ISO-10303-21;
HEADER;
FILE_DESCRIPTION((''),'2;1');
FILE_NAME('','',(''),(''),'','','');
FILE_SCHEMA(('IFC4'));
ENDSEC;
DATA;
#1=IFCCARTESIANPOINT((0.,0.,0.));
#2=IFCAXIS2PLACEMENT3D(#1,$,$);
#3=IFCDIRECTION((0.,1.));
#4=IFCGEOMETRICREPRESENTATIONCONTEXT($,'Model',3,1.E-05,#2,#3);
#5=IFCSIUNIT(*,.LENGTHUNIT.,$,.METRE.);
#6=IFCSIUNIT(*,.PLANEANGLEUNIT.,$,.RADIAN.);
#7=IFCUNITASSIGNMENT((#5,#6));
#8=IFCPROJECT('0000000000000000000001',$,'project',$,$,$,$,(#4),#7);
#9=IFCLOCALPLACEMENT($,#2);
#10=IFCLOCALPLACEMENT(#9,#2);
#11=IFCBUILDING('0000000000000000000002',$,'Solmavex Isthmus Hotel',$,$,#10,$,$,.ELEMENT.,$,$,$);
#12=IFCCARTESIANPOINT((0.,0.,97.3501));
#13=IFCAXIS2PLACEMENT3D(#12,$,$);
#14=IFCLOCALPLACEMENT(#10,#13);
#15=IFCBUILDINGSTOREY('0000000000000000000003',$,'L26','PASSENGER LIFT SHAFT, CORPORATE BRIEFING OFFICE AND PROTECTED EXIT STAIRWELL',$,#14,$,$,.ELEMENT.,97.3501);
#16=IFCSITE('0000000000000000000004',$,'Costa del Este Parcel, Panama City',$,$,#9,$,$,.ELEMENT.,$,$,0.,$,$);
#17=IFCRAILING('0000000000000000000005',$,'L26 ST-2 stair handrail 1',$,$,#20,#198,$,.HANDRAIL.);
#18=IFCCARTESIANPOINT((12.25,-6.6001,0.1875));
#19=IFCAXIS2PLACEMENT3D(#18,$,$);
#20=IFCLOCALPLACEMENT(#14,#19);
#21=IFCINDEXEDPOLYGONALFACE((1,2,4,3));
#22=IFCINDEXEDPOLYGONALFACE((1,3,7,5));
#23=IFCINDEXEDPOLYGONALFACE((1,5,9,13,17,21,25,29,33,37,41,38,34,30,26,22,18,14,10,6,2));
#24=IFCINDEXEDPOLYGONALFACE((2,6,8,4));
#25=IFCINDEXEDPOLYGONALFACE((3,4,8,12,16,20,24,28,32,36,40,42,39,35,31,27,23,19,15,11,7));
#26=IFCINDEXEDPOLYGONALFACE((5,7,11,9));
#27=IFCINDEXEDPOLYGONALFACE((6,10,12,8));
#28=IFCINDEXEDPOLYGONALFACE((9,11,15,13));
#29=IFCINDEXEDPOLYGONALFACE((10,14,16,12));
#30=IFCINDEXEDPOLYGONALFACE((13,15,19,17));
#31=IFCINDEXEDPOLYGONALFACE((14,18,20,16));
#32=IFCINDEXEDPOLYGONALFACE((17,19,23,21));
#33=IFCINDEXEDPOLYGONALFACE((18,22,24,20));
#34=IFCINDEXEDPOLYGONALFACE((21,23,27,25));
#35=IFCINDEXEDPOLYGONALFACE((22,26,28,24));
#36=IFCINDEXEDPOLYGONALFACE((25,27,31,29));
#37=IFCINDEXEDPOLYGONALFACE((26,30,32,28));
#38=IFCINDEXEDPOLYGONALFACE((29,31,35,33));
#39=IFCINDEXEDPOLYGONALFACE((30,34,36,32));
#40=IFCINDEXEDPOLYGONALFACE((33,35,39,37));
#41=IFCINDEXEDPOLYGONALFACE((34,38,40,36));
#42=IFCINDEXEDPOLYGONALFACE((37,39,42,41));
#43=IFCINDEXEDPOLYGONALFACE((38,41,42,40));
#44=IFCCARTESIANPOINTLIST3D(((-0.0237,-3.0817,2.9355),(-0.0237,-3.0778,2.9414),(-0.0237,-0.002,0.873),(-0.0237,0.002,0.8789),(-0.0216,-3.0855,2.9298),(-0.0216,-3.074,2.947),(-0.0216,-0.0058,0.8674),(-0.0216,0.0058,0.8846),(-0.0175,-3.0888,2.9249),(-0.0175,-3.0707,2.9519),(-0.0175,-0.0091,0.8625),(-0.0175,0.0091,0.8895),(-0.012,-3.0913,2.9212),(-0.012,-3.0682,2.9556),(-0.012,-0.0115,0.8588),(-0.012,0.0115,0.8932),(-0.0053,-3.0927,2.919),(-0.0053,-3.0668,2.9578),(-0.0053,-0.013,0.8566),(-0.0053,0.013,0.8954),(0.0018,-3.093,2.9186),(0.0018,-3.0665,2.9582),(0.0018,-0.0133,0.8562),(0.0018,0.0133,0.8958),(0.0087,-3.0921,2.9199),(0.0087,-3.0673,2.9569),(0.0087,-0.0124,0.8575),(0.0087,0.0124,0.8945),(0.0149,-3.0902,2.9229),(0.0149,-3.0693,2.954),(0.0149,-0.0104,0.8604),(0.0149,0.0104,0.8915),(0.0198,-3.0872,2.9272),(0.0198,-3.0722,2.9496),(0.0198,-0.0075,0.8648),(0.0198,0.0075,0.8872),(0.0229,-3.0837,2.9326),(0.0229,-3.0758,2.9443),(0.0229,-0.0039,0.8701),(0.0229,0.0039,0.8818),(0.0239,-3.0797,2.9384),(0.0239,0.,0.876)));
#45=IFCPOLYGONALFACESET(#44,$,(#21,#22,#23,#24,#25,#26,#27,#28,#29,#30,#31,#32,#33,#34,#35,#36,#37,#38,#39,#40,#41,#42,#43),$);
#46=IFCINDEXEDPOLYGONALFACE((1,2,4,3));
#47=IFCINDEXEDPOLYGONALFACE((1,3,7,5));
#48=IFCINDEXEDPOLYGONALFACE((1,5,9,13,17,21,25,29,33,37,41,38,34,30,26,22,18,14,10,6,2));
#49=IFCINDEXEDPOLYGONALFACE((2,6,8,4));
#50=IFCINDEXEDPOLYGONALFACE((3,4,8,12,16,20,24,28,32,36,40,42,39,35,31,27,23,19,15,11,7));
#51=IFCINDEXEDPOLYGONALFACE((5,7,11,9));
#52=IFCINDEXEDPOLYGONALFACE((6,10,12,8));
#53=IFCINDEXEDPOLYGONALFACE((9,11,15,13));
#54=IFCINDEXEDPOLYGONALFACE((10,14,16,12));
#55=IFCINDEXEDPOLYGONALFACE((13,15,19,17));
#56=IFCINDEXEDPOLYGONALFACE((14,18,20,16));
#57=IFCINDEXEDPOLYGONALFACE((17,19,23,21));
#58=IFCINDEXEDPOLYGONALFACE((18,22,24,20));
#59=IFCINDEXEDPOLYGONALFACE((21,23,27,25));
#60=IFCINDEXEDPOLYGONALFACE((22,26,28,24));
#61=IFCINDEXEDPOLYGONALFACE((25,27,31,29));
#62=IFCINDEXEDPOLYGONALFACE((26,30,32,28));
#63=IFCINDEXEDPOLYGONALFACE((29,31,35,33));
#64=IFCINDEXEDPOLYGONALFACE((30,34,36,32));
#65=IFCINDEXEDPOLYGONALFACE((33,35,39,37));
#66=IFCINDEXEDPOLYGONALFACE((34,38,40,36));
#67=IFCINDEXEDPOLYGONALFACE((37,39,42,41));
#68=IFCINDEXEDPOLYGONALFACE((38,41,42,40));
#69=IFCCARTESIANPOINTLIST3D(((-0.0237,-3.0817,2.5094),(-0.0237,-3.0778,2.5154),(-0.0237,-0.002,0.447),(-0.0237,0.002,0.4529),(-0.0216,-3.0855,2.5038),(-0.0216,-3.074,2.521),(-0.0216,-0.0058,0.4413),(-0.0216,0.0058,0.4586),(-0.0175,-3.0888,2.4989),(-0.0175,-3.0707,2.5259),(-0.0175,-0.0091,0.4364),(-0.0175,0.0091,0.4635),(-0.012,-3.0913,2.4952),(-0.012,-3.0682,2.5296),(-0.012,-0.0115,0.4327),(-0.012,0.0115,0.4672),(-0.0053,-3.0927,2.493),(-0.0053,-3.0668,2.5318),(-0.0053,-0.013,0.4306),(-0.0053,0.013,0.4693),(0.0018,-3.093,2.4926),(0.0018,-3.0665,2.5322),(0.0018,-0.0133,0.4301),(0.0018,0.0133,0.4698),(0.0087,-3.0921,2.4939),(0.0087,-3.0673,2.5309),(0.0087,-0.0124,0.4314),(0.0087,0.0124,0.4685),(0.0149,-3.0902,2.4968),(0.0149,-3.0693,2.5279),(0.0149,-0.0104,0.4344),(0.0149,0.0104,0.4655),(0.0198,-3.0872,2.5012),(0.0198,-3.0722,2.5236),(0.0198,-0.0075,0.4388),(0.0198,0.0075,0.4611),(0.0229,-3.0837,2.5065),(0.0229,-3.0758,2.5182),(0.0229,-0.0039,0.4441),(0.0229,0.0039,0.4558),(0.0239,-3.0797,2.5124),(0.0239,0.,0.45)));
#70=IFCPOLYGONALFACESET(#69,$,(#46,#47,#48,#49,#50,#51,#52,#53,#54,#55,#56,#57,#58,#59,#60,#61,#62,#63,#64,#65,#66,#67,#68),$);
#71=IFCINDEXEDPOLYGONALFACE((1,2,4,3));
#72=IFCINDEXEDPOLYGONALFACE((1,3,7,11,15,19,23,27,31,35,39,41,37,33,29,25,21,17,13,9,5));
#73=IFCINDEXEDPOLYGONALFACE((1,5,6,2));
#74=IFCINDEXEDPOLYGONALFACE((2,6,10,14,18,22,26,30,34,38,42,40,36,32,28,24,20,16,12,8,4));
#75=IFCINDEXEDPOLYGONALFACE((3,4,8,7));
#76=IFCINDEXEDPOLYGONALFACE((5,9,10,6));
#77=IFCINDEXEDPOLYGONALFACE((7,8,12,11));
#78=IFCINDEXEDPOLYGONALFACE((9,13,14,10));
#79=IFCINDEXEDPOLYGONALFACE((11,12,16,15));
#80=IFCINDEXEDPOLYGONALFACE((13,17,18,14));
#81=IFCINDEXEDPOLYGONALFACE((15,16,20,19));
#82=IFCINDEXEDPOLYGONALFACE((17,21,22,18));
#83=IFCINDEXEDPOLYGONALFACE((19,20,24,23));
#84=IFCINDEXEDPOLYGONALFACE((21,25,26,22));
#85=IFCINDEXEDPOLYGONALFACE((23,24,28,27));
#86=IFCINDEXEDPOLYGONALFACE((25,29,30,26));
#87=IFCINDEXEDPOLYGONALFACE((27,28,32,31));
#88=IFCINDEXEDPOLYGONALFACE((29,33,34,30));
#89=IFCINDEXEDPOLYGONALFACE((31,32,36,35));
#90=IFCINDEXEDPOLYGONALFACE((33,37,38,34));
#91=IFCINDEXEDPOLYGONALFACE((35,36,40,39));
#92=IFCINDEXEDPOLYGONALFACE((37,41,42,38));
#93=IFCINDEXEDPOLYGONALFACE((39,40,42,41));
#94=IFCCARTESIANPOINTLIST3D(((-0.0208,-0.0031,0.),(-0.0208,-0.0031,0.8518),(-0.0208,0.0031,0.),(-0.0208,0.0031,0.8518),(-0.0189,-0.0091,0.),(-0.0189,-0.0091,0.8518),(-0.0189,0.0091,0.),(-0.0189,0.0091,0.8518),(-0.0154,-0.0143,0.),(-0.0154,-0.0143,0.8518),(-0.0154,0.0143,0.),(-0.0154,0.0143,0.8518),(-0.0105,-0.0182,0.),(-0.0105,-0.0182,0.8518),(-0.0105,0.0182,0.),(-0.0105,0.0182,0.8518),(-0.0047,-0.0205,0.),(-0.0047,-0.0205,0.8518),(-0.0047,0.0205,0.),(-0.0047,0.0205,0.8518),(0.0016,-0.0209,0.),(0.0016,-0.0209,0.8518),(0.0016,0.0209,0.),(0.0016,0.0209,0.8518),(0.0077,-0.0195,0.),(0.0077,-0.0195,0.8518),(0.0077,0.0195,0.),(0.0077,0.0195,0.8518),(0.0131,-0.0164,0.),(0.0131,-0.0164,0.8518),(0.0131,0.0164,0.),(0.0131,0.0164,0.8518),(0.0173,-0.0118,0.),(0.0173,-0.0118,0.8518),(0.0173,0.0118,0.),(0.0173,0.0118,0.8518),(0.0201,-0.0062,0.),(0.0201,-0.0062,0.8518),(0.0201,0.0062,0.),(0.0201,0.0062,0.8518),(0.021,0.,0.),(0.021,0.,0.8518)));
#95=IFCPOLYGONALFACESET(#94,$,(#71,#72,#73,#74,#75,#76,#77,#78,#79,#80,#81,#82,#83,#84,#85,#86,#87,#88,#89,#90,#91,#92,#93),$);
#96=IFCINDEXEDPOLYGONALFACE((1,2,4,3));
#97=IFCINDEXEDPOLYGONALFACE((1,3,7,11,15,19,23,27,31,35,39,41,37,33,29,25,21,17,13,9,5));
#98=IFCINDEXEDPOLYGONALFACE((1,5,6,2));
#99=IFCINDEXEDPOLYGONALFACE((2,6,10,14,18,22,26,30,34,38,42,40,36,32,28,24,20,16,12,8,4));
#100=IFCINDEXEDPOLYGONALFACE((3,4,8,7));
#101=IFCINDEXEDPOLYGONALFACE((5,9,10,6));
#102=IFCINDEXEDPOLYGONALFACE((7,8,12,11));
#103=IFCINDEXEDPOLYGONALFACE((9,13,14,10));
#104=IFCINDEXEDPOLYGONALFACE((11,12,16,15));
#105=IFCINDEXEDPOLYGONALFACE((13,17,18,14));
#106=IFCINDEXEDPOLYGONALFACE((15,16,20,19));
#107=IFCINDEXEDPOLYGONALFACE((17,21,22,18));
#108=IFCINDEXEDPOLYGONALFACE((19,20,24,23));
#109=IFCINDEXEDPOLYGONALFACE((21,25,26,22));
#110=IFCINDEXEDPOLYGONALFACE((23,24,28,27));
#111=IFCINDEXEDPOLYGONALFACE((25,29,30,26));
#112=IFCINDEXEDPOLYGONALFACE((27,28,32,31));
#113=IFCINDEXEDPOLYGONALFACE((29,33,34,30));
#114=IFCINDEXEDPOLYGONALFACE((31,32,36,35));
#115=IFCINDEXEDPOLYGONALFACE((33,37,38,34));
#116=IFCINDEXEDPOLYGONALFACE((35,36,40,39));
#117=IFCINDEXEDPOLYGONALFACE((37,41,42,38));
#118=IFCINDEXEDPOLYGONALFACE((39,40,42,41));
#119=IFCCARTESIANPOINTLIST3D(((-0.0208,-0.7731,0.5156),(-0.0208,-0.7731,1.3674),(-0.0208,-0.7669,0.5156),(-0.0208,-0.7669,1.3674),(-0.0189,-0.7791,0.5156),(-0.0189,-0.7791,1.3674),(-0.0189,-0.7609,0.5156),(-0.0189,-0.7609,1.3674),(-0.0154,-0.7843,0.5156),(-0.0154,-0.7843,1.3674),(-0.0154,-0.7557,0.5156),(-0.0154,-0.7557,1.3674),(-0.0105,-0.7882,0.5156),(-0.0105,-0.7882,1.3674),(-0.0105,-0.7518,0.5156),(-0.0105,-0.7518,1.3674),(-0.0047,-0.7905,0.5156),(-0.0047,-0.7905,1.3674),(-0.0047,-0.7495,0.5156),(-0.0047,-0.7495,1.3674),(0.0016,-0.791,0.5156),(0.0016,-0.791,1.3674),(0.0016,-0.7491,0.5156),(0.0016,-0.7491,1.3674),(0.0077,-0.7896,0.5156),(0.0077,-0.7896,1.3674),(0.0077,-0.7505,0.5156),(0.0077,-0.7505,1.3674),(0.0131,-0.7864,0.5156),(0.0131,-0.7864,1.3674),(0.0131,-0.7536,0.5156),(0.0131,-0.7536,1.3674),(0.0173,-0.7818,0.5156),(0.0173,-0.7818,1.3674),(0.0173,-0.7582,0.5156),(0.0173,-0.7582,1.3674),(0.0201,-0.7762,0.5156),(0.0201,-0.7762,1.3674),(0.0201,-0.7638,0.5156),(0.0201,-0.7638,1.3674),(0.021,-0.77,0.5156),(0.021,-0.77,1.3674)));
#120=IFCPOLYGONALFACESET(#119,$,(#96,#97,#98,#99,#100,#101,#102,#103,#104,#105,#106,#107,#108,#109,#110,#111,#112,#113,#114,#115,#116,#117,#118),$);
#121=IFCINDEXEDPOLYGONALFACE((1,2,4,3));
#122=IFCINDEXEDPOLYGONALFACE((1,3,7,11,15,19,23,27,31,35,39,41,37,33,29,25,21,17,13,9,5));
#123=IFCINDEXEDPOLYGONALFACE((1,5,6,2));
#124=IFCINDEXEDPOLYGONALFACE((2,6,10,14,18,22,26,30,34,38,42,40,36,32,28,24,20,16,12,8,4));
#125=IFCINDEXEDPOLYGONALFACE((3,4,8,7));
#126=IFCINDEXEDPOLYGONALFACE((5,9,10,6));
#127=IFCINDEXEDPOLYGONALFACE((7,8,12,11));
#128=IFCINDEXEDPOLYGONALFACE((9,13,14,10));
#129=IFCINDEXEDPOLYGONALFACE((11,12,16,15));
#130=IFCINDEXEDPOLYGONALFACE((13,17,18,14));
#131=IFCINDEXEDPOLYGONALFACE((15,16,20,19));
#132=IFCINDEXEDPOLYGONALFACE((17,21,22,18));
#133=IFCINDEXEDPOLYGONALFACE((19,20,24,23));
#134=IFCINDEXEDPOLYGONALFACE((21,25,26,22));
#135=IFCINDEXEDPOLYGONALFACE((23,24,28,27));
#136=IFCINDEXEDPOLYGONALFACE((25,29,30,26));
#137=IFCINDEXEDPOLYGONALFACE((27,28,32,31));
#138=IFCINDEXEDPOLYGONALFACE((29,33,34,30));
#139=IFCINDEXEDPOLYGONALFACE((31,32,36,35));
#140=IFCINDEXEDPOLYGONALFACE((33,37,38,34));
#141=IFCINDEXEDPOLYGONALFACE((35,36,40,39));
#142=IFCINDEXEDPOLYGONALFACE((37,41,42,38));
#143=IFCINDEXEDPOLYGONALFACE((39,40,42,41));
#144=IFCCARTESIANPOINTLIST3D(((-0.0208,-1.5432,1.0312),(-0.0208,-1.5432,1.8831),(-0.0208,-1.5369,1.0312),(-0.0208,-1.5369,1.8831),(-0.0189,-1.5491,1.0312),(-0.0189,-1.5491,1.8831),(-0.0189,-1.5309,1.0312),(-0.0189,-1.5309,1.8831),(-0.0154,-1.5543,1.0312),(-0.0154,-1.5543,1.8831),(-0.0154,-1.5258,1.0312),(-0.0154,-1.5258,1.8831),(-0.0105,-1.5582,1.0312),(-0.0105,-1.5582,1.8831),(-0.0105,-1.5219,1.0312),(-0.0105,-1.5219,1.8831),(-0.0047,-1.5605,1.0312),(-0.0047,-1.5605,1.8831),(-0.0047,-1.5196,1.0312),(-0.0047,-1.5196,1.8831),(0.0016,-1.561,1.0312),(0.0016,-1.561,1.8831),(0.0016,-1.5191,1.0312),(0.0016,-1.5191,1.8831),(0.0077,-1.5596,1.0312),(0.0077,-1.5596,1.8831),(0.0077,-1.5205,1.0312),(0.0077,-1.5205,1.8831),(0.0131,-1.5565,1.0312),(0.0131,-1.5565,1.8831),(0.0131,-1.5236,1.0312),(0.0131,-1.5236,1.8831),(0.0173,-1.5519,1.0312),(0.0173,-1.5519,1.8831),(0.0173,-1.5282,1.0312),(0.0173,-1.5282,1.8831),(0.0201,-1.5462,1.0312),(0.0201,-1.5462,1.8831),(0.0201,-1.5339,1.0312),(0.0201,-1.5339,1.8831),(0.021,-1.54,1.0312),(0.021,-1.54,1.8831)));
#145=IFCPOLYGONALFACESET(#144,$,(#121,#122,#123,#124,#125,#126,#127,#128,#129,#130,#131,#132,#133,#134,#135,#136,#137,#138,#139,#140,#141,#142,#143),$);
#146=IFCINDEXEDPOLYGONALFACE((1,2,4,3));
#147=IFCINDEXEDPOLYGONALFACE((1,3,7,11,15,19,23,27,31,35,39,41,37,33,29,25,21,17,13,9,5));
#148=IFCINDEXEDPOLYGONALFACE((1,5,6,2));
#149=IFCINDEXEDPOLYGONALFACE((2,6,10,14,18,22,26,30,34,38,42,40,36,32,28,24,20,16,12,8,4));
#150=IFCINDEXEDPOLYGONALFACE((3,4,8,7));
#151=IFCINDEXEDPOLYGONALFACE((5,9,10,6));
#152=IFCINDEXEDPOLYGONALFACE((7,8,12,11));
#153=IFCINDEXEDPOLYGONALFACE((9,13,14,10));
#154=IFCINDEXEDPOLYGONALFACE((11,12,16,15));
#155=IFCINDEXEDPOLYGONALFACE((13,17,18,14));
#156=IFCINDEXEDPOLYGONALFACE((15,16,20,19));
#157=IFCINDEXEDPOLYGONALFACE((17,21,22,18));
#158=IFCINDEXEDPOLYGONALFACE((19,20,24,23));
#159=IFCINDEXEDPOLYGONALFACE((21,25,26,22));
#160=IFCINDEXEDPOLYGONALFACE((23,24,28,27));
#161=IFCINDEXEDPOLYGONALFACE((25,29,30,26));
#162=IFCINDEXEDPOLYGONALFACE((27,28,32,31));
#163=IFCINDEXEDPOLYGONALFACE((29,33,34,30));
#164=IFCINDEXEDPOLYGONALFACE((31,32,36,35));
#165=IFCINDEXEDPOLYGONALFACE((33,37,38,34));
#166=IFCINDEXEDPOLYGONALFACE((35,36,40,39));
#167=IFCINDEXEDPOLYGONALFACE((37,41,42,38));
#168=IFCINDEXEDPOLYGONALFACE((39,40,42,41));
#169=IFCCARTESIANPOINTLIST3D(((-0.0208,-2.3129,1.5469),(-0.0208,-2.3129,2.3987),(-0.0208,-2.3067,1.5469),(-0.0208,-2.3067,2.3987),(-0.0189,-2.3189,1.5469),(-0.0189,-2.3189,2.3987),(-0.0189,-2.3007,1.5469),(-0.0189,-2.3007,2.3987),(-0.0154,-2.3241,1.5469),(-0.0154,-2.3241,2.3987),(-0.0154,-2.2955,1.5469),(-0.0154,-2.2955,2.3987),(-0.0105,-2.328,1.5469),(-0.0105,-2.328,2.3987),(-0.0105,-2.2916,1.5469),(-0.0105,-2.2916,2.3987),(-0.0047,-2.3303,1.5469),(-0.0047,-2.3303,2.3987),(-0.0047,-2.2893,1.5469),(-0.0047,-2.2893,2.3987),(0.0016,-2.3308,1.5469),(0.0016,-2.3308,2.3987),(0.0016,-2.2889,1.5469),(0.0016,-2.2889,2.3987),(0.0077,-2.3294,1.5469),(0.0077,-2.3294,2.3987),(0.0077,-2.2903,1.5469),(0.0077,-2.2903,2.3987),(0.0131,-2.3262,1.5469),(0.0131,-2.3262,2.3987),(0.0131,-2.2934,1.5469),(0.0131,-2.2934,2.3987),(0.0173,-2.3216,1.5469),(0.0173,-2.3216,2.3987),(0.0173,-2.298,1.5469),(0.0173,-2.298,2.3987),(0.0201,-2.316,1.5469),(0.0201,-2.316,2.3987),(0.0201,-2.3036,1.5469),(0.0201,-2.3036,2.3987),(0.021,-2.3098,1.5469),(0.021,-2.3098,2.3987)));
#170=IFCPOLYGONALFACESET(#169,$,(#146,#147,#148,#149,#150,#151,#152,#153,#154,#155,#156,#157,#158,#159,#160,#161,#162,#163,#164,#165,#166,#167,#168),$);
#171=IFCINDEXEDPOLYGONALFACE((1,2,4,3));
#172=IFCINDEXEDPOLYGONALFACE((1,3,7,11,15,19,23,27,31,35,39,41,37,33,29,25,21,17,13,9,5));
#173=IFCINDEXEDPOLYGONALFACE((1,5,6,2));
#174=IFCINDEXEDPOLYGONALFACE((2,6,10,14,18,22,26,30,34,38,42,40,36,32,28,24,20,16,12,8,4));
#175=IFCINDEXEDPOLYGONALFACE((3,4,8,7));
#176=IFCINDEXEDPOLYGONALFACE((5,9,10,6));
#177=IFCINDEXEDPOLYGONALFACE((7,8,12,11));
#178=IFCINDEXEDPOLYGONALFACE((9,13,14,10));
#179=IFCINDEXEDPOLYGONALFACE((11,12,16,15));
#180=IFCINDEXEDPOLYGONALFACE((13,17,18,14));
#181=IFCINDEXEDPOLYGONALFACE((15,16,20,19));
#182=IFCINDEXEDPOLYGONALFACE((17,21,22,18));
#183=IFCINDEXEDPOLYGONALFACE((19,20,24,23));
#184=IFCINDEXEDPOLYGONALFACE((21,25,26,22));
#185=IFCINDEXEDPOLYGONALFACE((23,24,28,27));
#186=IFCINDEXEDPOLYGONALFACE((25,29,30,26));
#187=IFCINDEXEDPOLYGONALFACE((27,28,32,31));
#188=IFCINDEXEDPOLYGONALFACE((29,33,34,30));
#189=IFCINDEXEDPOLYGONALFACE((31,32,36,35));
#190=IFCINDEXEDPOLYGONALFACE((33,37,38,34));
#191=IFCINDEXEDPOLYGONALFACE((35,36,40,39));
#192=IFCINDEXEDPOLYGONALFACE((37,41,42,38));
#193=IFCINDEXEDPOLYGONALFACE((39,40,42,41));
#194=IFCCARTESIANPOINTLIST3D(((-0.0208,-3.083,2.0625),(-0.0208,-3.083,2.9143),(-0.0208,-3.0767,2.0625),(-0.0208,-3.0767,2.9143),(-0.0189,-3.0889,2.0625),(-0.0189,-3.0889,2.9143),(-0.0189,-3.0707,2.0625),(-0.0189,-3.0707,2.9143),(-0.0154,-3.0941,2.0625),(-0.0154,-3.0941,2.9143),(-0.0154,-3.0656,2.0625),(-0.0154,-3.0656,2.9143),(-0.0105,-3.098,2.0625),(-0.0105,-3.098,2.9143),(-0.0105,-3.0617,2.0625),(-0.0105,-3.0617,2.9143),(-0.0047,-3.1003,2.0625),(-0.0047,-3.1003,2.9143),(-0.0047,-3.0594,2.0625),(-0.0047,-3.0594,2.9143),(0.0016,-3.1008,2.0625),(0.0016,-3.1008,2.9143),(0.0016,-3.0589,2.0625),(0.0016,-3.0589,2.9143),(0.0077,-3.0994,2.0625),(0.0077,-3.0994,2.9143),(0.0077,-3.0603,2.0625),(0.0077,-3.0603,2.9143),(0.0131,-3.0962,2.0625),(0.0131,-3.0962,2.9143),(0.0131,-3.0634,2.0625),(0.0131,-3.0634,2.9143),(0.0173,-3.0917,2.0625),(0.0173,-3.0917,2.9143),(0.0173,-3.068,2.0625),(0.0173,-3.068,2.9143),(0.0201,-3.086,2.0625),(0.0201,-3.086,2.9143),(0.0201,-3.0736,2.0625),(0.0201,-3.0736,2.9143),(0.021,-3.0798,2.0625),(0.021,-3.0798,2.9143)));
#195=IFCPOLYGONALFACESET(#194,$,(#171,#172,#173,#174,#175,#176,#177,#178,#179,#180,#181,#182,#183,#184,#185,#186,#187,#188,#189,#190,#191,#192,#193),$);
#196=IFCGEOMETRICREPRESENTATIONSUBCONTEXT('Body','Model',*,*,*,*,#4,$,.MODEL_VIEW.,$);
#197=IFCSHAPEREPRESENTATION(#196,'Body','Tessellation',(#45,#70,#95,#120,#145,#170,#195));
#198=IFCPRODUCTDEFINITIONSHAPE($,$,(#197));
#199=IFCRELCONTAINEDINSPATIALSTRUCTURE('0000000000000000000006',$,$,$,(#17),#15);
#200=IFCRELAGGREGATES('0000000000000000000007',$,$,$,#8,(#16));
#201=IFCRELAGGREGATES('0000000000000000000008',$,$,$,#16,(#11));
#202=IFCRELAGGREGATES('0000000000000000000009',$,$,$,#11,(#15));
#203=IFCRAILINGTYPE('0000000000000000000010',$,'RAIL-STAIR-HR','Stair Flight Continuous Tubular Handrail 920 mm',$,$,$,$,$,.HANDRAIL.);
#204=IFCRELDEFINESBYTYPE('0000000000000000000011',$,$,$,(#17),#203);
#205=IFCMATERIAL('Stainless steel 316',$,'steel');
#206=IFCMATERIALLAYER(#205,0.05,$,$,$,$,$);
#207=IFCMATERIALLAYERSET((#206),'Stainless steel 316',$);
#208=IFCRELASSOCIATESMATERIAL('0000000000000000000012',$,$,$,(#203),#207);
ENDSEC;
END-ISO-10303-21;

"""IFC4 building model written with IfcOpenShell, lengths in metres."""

from ifc_helpers import new_model, si_unit, direction, frame, origin, origin_2d, place, context, subcontext, project, spatial, circle, extrude, material, layer, layer_set, type_object, element, save


model = new_model("IFC4")

# Units and contexts
model_context = context("Model", 3, precision=1e-05, world=origin(), true_north=direction((0.0, 1.0)))
body_context = subcontext(model_context, "Body", "Model", "MODEL_VIEW")
ifc_project = project(units=[si_unit("LENGTHUNIT", "METRE"), si_unit("PLANEANGLEUNIT", "RADIAN")], contexts=[model_context])

# Site, building, storey
site_placement = place(None, origin())
site = spatial("IfcSite", under=ifc_project, at=site_placement, Name="Costa del Este Parcel, Panama City", CompositionType="ELEMENT", RefElevation=0.0)
building_placement = place(site_placement, origin())
building = spatial("IfcBuilding", under=site, at=building_placement, Name="Solmavex Isthmus Hotel", CompositionType="ELEMENT")
storey_placement = place(building_placement, frame((0.0, 0.0, 97.3501)))
storey = spatial("IfcBuildingStorey", under=building, at=storey_placement, Name="L26", Description="PASSENGER LIFT SHAFT, CORPORATE BRIEFING OFFICE AND PROTECTED EXIT STAIRWELL", CompositionType="ELEMENT", Elevation=97.3501)

# Shared definitions
ifc_material_1 = material(Name="Stainless steel 316", Category="steel")

# Railing
ifc_layer_1 = layer(ifc_material_1, 0.05)
ifc_layer_set_1 = layer_set([ifc_layer_1], Name="Stainless steel 316")
railing_type_1 = type_object("IfcRailingType", Name="RAIL-STAIR-HR", Description="Stair Flight Continuous Tubular Handrail 920 mm", PredefinedType="HANDRAIL", material=ifc_layer_set_1)
railing_1_placement = place(storey_placement, frame((12.25, -6.6001, 0.1875)))
element("IfcRailing", 1, at=railing_1_placement, inside=storey, type_object=railing_type_1, Name="L26 ST-2 stair handrail 1", PredefinedType="HANDRAIL", context=body_context, shape_type="SweptSolid", body=[
    extrude(circle(Radius=0.0239, at=origin_2d()), frame((0.0, 0.0, 0.876), z_axis=(0.0, -0.830893, 0.556432), x_axis=(1.0, 0.0, 0.0)), (0.0, 0.0, 1.0), 3.7065),
    extrude(circle(Radius=0.0239, at=origin_2d()), frame((0.0, 0.0, 0.45), z_axis=(0.0, -0.830893, 0.556432), x_axis=(1.0, 0.0, 0.0)), (0.0, 0.0, 1.0), 3.7065),
    extrude(circle(Radius=0.021, at=origin_2d()), origin(), (0.0, 0.0, 1.0), 0.8518),
    extrude(circle(Radius=0.021, at=origin_2d()), frame((0.0, -0.77, 0.5156)), (0.0, 0.0, 1.0), 0.8518),
    extrude(circle(Radius=0.021, at=origin_2d()), frame((0.0, -1.54, 1.0312)), (0.0, 0.0, 1.0), 0.8518),
    extrude(circle(Radius=0.021, at=origin_2d()), frame((0.0, -2.3098, 1.5469)), (0.0, 0.0, 1.0), 0.8518),
    extrude(circle(Radius=0.021, at=origin_2d()), frame((0.0, -3.0798, 2.0625)), (0.0, 0.0, 1.0), 0.8518),
])

save(model, "model.ifc")
